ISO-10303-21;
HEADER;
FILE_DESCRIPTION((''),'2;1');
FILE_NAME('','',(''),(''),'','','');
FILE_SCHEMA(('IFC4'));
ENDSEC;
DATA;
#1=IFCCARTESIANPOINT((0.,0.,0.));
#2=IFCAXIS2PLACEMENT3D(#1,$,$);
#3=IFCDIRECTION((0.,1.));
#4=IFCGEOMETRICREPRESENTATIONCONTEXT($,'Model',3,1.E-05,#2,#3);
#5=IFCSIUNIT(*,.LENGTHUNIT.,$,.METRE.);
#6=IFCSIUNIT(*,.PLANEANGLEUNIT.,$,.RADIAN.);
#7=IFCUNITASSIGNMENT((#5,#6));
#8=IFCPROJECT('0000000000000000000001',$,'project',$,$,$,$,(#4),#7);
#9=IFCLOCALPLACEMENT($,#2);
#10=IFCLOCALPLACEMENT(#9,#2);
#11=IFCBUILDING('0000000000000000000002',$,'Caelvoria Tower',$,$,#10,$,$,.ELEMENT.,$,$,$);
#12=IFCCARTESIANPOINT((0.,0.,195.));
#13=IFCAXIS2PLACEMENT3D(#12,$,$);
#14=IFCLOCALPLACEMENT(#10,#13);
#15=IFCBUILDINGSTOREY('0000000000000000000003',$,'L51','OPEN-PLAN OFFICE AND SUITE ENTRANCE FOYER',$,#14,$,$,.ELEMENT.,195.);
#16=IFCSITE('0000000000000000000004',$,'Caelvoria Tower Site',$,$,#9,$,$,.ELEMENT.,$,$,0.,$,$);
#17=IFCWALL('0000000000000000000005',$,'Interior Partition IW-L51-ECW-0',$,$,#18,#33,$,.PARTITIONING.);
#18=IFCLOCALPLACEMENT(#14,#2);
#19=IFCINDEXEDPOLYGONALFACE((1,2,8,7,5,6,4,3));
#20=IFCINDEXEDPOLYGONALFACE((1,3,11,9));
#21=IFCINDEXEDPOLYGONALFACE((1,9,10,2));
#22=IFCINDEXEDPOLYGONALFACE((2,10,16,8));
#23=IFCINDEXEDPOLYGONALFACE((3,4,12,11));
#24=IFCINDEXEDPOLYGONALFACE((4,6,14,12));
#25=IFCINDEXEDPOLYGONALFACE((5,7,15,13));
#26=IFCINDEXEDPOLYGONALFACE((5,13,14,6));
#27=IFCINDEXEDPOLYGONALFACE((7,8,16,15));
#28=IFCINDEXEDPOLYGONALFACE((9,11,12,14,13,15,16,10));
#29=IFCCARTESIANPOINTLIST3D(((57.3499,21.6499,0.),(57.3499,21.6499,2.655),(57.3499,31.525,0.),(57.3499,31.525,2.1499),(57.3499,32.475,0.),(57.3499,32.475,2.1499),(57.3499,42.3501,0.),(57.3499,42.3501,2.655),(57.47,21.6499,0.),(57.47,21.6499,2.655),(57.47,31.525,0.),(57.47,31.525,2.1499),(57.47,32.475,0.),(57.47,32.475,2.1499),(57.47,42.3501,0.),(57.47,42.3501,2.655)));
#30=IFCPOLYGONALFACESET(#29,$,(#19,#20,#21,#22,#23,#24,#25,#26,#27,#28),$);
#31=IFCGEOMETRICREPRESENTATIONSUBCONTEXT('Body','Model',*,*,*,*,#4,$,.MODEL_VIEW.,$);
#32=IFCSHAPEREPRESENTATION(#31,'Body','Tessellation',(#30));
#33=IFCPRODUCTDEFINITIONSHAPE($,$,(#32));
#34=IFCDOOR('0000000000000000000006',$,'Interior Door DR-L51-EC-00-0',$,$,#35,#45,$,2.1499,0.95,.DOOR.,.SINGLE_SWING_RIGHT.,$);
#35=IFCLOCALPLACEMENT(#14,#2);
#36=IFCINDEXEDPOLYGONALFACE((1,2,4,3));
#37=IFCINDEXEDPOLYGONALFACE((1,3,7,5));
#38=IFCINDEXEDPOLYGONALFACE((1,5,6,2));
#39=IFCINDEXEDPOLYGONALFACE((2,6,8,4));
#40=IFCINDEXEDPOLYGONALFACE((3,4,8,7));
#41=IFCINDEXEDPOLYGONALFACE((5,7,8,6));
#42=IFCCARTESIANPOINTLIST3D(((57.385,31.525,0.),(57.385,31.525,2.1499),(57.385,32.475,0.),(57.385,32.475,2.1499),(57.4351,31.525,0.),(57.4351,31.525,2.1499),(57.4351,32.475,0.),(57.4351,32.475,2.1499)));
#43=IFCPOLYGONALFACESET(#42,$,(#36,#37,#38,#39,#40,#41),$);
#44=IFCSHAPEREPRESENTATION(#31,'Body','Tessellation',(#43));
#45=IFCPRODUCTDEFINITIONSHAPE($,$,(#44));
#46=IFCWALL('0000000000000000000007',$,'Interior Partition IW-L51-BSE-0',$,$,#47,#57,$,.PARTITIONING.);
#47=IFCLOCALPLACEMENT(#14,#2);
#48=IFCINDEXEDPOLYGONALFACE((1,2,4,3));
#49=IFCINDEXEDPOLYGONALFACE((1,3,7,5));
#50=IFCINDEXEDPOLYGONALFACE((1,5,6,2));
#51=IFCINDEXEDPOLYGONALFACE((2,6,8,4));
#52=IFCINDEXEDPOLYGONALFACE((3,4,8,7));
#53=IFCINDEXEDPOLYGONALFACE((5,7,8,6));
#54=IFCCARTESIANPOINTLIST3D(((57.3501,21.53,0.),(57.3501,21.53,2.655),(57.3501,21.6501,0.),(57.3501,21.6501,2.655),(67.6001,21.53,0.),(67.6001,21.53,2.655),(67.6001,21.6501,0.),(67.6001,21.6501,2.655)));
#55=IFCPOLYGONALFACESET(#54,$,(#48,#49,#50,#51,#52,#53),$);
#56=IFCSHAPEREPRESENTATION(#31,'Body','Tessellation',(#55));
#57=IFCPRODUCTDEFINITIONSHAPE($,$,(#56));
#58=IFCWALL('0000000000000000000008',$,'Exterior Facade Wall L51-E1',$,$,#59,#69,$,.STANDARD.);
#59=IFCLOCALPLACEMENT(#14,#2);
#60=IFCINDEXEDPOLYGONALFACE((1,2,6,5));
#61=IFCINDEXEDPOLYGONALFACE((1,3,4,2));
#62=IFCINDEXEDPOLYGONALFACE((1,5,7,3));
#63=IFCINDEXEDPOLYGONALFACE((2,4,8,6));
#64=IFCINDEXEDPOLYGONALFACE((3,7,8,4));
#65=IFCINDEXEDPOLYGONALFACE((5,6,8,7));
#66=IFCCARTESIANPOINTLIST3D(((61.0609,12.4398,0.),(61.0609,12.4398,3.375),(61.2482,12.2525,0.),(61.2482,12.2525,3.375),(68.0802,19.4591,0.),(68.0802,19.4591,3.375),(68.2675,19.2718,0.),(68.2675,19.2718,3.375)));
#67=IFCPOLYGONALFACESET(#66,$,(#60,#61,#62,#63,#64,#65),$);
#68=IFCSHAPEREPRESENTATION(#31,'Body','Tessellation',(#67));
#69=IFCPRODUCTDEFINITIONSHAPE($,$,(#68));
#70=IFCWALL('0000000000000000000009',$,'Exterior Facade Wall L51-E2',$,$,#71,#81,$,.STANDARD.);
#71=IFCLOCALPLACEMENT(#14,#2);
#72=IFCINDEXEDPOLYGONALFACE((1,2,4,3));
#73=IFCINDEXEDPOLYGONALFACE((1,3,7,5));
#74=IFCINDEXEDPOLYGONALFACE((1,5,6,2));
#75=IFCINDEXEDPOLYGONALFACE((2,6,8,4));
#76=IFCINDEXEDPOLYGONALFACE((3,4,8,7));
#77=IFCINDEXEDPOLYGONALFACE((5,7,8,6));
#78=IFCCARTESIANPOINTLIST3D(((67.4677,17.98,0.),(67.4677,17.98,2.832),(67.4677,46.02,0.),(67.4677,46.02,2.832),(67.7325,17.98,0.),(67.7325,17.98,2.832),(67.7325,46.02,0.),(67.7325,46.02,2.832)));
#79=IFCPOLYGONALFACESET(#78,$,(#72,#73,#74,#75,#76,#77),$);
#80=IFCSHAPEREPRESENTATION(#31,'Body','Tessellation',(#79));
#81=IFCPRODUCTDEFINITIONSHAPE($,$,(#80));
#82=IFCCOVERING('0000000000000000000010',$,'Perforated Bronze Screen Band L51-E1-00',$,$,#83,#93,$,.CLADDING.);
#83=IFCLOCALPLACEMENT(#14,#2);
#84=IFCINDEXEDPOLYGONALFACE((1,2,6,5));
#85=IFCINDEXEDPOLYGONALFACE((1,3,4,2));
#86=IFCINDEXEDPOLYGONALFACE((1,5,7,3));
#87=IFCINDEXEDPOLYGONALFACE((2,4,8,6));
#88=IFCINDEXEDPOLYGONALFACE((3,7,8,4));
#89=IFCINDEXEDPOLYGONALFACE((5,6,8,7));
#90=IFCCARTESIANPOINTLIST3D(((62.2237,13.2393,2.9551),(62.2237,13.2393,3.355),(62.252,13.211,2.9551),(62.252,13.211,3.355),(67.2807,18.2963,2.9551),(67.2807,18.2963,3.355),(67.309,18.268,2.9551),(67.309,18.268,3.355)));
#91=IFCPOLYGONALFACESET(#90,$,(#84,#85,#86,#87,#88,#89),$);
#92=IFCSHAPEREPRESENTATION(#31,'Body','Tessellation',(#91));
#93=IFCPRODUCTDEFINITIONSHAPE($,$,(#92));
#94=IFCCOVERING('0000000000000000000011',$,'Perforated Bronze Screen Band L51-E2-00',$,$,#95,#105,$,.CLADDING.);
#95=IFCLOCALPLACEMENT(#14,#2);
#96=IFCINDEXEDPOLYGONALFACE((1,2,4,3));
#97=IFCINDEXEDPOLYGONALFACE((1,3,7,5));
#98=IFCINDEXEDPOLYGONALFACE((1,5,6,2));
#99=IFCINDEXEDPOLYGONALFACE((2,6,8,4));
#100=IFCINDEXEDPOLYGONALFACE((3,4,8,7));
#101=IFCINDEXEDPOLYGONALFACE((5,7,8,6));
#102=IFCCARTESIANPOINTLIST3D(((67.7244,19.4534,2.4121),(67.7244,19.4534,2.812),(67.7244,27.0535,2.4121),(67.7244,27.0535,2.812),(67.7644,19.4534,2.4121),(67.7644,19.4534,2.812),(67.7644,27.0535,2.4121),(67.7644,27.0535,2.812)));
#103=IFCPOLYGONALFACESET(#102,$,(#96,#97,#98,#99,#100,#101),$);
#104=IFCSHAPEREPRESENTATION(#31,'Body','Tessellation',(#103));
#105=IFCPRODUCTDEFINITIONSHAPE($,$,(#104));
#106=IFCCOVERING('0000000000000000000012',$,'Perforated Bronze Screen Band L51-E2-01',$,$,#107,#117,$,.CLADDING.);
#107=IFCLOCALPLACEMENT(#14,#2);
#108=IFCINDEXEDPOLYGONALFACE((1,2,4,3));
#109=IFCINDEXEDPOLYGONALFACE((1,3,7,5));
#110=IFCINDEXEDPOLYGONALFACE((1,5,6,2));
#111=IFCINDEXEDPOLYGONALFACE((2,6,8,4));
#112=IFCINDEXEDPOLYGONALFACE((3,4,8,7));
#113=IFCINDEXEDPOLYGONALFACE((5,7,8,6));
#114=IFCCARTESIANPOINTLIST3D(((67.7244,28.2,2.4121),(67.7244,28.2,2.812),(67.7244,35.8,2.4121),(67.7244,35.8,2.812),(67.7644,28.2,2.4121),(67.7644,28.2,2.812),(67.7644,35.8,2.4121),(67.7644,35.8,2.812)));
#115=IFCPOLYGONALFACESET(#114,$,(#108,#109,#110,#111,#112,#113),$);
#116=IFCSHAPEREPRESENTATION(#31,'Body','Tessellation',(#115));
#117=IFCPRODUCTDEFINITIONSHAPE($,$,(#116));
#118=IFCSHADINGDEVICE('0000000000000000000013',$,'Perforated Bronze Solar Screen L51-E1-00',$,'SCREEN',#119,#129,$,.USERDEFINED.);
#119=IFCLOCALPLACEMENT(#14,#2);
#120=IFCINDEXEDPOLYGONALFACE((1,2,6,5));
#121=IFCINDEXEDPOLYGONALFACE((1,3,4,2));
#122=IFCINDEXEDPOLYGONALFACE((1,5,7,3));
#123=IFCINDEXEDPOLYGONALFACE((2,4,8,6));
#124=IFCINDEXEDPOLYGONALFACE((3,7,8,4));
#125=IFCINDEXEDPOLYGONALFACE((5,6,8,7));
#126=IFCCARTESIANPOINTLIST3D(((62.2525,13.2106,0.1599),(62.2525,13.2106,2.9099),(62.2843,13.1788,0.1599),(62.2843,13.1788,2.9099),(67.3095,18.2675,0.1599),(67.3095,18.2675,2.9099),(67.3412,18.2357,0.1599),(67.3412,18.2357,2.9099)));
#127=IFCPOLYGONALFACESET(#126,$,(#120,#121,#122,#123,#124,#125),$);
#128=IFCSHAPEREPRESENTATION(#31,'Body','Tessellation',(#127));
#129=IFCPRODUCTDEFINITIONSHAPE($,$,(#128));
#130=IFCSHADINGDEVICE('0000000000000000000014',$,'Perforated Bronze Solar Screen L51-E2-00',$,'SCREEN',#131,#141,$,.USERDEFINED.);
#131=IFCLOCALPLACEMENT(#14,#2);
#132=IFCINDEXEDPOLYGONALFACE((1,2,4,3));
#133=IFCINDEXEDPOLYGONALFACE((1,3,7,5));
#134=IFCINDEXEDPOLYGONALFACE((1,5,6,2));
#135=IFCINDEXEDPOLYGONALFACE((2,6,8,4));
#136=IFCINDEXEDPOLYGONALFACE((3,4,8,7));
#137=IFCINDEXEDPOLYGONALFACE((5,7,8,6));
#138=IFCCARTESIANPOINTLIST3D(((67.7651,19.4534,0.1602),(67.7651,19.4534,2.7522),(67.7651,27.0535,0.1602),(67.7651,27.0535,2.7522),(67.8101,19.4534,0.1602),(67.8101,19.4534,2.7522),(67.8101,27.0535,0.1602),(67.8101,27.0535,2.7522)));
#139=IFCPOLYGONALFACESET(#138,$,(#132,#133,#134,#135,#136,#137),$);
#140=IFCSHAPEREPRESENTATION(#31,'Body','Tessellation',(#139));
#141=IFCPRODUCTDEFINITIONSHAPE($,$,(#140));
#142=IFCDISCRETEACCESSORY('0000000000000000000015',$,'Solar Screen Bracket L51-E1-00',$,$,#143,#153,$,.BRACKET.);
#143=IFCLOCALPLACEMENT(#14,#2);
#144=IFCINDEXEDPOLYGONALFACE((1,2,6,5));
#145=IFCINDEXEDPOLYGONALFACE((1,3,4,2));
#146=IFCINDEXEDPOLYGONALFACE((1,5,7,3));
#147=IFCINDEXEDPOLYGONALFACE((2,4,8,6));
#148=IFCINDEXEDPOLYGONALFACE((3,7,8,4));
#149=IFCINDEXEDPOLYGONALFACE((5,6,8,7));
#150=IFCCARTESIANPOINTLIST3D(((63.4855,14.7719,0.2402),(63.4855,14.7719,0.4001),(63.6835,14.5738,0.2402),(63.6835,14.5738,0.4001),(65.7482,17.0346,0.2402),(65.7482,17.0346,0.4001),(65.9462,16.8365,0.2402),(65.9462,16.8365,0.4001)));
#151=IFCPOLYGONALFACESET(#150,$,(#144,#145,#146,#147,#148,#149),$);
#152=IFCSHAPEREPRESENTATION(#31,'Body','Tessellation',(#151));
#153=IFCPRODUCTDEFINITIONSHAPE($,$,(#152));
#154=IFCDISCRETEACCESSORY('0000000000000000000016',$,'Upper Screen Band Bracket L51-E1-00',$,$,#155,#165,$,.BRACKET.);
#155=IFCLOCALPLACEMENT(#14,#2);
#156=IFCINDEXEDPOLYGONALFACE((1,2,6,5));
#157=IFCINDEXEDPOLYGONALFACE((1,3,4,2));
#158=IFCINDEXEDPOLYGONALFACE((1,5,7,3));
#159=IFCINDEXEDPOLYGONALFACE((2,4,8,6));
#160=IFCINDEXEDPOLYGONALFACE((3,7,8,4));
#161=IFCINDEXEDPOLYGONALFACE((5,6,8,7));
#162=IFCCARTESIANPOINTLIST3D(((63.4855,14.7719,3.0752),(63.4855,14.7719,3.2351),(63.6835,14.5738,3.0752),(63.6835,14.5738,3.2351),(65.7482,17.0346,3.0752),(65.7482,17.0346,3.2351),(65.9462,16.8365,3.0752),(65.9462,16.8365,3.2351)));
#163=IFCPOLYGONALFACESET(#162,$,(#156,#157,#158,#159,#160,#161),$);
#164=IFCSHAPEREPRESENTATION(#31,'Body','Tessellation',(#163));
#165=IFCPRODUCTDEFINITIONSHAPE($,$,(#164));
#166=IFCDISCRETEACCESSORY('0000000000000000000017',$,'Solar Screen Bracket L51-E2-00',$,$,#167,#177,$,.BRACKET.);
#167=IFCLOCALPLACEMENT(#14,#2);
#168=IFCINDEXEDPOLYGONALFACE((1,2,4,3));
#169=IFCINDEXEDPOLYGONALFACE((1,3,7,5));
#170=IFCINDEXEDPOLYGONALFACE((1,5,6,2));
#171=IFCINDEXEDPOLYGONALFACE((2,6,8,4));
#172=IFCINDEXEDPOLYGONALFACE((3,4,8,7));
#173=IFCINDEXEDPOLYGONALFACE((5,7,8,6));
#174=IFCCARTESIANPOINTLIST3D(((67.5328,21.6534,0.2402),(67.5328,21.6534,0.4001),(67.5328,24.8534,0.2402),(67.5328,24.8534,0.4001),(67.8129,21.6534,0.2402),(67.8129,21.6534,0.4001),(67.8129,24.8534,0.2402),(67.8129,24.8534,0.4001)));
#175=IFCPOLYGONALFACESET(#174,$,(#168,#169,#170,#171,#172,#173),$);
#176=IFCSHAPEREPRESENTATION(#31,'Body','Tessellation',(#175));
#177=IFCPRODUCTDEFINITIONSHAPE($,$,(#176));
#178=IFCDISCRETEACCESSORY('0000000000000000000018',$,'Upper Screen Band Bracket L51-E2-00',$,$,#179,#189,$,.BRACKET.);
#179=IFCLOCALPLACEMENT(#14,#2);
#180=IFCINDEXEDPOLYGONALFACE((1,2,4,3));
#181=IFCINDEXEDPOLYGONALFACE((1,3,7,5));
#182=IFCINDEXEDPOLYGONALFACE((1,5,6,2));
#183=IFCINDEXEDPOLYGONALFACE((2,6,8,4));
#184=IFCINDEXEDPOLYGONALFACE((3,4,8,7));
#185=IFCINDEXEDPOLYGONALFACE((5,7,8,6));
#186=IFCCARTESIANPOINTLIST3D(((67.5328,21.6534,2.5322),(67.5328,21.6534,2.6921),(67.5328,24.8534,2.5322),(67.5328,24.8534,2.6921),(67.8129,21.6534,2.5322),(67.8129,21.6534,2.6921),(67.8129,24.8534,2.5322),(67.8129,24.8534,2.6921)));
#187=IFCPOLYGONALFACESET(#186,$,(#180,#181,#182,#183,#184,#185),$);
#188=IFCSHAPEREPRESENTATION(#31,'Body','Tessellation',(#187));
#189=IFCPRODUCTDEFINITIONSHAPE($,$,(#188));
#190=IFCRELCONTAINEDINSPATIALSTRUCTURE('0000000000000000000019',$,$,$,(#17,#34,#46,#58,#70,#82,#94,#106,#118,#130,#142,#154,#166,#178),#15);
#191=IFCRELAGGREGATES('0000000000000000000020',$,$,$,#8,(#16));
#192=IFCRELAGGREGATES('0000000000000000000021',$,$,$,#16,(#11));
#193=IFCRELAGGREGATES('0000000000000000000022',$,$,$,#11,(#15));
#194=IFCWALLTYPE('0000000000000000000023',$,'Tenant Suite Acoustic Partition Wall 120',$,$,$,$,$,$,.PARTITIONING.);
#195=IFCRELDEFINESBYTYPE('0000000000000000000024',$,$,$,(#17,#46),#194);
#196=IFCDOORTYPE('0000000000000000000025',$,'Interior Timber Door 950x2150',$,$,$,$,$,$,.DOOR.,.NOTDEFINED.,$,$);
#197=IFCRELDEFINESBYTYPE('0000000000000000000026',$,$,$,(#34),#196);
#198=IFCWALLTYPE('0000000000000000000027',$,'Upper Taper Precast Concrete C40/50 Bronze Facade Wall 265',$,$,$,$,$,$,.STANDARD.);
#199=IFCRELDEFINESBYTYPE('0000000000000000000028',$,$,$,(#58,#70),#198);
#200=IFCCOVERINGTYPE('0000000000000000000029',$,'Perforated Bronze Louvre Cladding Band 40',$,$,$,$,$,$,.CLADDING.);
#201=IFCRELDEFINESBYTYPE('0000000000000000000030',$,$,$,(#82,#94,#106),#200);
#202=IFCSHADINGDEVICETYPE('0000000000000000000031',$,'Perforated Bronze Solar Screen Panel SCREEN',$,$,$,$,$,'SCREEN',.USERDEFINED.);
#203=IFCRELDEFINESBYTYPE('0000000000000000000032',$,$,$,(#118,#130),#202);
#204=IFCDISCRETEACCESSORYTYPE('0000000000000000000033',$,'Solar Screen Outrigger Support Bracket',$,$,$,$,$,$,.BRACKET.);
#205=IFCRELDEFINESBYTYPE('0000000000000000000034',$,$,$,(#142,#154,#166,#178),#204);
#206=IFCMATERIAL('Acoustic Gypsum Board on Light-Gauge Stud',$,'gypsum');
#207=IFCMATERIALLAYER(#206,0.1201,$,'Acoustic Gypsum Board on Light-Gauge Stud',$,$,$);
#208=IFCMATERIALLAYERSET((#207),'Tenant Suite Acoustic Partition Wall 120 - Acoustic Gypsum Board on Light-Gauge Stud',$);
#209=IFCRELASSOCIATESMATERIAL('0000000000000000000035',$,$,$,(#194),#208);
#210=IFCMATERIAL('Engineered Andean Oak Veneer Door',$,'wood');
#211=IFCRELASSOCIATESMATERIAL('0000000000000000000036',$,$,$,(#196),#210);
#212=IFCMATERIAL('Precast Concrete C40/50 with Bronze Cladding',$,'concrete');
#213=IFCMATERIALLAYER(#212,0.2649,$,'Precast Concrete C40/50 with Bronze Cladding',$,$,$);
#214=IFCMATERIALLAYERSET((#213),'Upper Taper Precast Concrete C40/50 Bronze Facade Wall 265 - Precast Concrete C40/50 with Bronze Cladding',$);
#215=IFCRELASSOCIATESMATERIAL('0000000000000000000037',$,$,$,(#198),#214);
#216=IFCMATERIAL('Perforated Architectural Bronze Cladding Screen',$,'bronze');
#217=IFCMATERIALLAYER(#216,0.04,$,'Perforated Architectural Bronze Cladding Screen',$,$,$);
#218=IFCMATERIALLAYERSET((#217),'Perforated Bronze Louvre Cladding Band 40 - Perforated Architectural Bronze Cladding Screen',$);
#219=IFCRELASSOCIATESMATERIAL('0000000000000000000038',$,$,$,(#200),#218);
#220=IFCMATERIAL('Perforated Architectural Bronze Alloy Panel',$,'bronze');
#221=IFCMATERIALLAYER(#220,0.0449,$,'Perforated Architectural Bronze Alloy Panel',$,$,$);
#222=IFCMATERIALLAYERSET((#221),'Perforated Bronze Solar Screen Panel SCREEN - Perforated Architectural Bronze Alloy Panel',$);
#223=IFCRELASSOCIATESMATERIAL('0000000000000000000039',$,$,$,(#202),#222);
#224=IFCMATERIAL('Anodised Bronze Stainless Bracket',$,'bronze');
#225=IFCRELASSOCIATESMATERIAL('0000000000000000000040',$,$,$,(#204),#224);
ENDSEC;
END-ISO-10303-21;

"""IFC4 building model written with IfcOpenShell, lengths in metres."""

from ifc_helpers import new_model, si_unit, direction, frame, frame_2d, origin, origin_2d, place, context, subcontext, project, spatial, rectangle, extrude, material, layer, layer_set, type_object, element, fill, save


model = new_model("IFC4")

# Units and contexts
model_context = context("Model", 3, precision=1e-05, world=origin(), true_north=direction((0.0, 1.0)))
body_context = subcontext(model_context, "Body", "Model", "MODEL_VIEW")
ifc_project = project(units=[si_unit("LENGTHUNIT", "METRE"), si_unit("PLANEANGLEUNIT", "RADIAN")], contexts=[model_context])

# Site, building, storey
site_placement = place(None, origin())
site = spatial("IfcSite", under=ifc_project, at=site_placement, Name="Caelvoria Tower Site", CompositionType="ELEMENT", RefElevation=0.0)
building_placement = place(site_placement, origin())
building = spatial("IfcBuilding", under=site, at=building_placement, Name="Caelvoria Tower", CompositionType="ELEMENT")
storey_placement = place(building_placement, frame((0.0, 0.0, 195.0)))
storey = spatial("IfcBuildingStorey", under=building, at=storey_placement, Name="L51", Description="OPEN-PLAN OFFICE AND SUITE ENTRANCE FOYER", CompositionType="ELEMENT", Elevation=195.0)

# Wall, opening, door
ifc_material_1 = material(Name="Acoustic Gypsum Board on Light-Gauge Stud", Category="gypsum")
ifc_layer_1 = layer(ifc_material_1, 0.1201, Name="Acoustic Gypsum Board on Light-Gauge Stud")
ifc_layer_set_1 = layer_set([ifc_layer_1], Name="Tenant Suite Acoustic Partition Wall 120 - Acoustic Gypsum Board on Light-Gauge Stud")
wall_type_1 = type_object("IfcWallType", Name="Tenant Suite Acoustic Partition Wall 120", PredefinedType="PARTITIONING", material=ifc_layer_set_1)
wall_1_placement = place(storey_placement, frame((57.4099, 21.6499, 0.0), z_axis=(0.0, 0.0, 1.0), x_axis=(0.0, 1.0, 0.0)))
wall_1 = element("IfcWall", 1, at=wall_1_placement, inside=storey, type_object=wall_type_1, Name="Interior Partition IW-L51-ECW-0", PredefinedType="PARTITIONING", context=body_context, shape_type="SweptSolid", body=[
    extrude(rectangle(XDim=20.7002, YDim=0.1201, at=frame_2d((10.3501, 0.0))), origin(), (0.0, 0.0, 1.0), 2.655),
])
opening_placement = place(wall_1_placement, frame((9.875, 0.0, 0.0)))
opening = element("IfcOpeningElement", 2, at=opening_placement, cuts=wall_1, PredefinedType="OPENING", context=body_context, shape_type="SweptSolid", body=[
    extrude(rectangle(XDim=0.95, YDim=2.1499, at=frame_2d((0.4751, 1.075))), frame((0.0, 0.0701, 0.0), z_axis=(0.0, -1.0, 0.0), x_axis=(1.0, 0.0, 0.0)), (0.0, 0.0, 1.0), 0.1401),
])
ifc_material_2 = material(Name="Engineered Andean Oak Veneer Door", Category="wood")
door_type = type_object("IfcDoorType", Name="Interior Timber Door 950x2150", OperationType="NOTDEFINED", PredefinedType="DOOR", material=ifc_material_2)
door_placement = place(opening_placement, origin())
door = element("IfcDoor", 3, at=door_placement, inside=storey, type_object=door_type, Name="Interior Door DR-L51-EC-00-0", OperationType="SINGLE_SWING_RIGHT", OverallHeight=2.1499, OverallWidth=0.95, PredefinedType="DOOR", context=body_context, shape_type="SweptSolid", body=[
    extrude(rectangle(XDim=0.95, YDim=2.1499, at=frame_2d((0.4751, 1.075))), frame((0.0, 0.0249, 0.0), z_axis=(0.0, -1.0, 0.0), x_axis=(1.0, 0.0, 0.0)), (0.0, 0.0, 1.0), 0.05),
])
fill(opening, door)

# Walls
wall_2_placement = place(storey_placement, frame((57.3501, 21.5901, 0.0), z_axis=(0.0, 0.0, 1.0), x_axis=(1.0, 0.0, 0.0)))
element("IfcWall", 4, at=wall_2_placement, inside=storey, type_object=wall_type_1, Name="Interior Partition IW-L51-BSE-0", PredefinedType="PARTITIONING", context=body_context, shape_type="SweptSolid", body=[
    extrude(rectangle(XDim=10.25, YDim=0.1201, at=frame_2d((5.125, 0.0))), origin(), (0.0, 0.0, 1.0), 2.655),
])
ifc_material_3 = material(Name="Precast Concrete C40/50 with Bronze Cladding", Category="concrete")
ifc_layer_2 = layer(ifc_material_3, 0.2649, Name="Precast Concrete C40/50 with Bronze Cladding")
ifc_layer_set_2 = layer_set([ifc_layer_2], Name="Upper Taper Precast Concrete C40/50 Bronze Facade Wall 265 - Precast Concrete C40/50 with Bronze Cladding")
wall_type_2 = type_object("IfcWallType", Name="Upper Taper Precast Concrete C40/50 Bronze Facade Wall 265", PredefinedType="STANDARD", material=ifc_layer_set_2)
wall_3_placement = place(storey_placement, frame((61.1545, 12.3462, 0.0), z_axis=(0.0, 0.0, 1.0), x_axis=(0.707107, 0.707107, 0.0)))
element("IfcWall", 5, at=wall_3_placement, inside=storey, type_object=wall_type_2, Name="Exterior Facade Wall L51-E1", PredefinedType="STANDARD", context=body_context, shape_type="SweptSolid", body=[
    extrude(rectangle(XDim=9.9268, YDim=0.2649, at=frame_2d((4.9634, 0.0))), origin(), (0.0, 0.0, 1.0), 3.375),
])
wall_4_placement = place(storey_placement, frame((67.6001, 17.98, 0.0), z_axis=(0.0, 0.0, 1.0), x_axis=(0.0, 1.0, 0.0)))
element("IfcWall", 6, at=wall_4_placement, inside=storey, type_object=wall_type_2, Name="Exterior Facade Wall L51-E2", PredefinedType="STANDARD", context=body_context, shape_type="SweptSolid", body=[
    extrude(rectangle(XDim=28.04, YDim=0.2649, at=frame_2d((14.02, 0.0))), origin(), (0.0, 0.0, 1.0), 2.832),
])

# Coverings
ifc_material_4 = material(Name="Perforated Architectural Bronze Cladding Screen", Category="bronze")
ifc_layer_3 = layer(ifc_material_4, 0.04, Name="Perforated Architectural Bronze Cladding Screen")
ifc_layer_set_3 = layer_set([ifc_layer_3], Name="Perforated Bronze Louvre Cladding Band 40 - Perforated Architectural Bronze Cladding Screen")
covering_type = type_object("IfcCoveringType", Name="Perforated Bronze Louvre Cladding Band 40", PredefinedType="CLADDING", material=ifc_layer_set_3)
covering_placement = place(storey_placement, frame((64.7664, 15.7537, 2.9551), z_axis=(0.0, 0.0, 1.0), x_axis=(0.707107, 0.707107, 0.0)))
element("IfcCovering", 7, at=covering_placement, inside=storey, type_object=covering_type, Name="Perforated Bronze Screen Band L51-E1-00", PredefinedType="CLADDING", context=body_context, shape_type="SweptSolid", body=[
    extrude(rectangle(XDim=7.1516, YDim=0.04, at=origin_2d()), origin(), (0.0, 0.0, 1.0), 0.3999),
])
for number, where, z_axis, x_axis, name in (
    (8, (67.7444, 23.2534, 2.4121), (0.0, 0.0, 1.0), (0.0, 1.0, 0.0), "Perforated Bronze Screen Band L51-E2-00"),
    (9, (67.7444, 32.0, 2.4121), (0.0, 0.0, 1.0), (0.0, 1.0, 0.0), "Perforated Bronze Screen Band L51-E2-01"),
):
    element("IfcCovering", number, at=place(storey_placement, frame(where, z_axis=z_axis, x_axis=x_axis)), inside=storey, type_object=covering_type, Name=name, PredefinedType="CLADDING", context=body_context, shape_type="SweptSolid", body=[
        extrude(rectangle(XDim=7.6001, YDim=0.04, at=origin_2d()), origin(), (0.0, 0.0, 1.0), 0.3999),
    ])

# Shading devices
ifc_material_5 = material(Name="Perforated Architectural Bronze Alloy Panel", Category="bronze")
ifc_layer_4 = layer(ifc_material_5, 0.0449, Name="Perforated Architectural Bronze Alloy Panel")
ifc_layer_set_4 = layer_set([ifc_layer_4], Name="Perforated Bronze Solar Screen Panel SCREEN - Perforated Architectural Bronze Alloy Panel")
shading_device_type = type_object("IfcShadingDeviceType", Name="Perforated Bronze Solar Screen Panel SCREEN", ElementType="SCREEN", PredefinedType="USERDEFINED", material=ifc_layer_set_4)
shading_device_1_placement = place(storey_placement, frame((64.7969, 15.7231, 0.1599), z_axis=(0.0, 0.0, 1.0), x_axis=(0.707107, 0.707107, 0.0)))
element("IfcShadingDevice", 10, at=shading_device_1_placement, inside=storey, type_object=shading_device_type, Name="Perforated Bronze Solar Screen L51-E1-00", ObjectType="SCREEN", PredefinedType="USERDEFINED", context=body_context, shape_type="SweptSolid", body=[
    extrude(rectangle(XDim=7.1516, YDim=0.0449, at=origin_2d()), origin(), (0.0, 0.0, 1.0), 2.75),
])
shading_device_2_placement = place(storey_placement, frame((67.7876, 23.2534, 0.1602), z_axis=(0.0, 0.0, 1.0), x_axis=(0.0, 1.0, 0.0)))
element("IfcShadingDevice", 11, at=shading_device_2_placement, inside=storey, type_object=shading_device_type, Name="Perforated Bronze Solar Screen L51-E2-00", ObjectType="SCREEN", PredefinedType="USERDEFINED", context=body_context, shape_type="SweptSolid", body=[
    extrude(rectangle(XDim=7.6001, YDim=0.0449, at=origin_2d()), origin(), (0.0, 0.0, 1.0), 2.592),
])

# Discrete accessories
ifc_material_6 = material(Name="Anodised Bronze Stainless Bracket", Category="bronze")
discrete_accessory_type = type_object("IfcDiscreteAccessoryType", Name="Solar Screen Outrigger Support Bracket", PredefinedType="BRACKET", material=ifc_material_6)
for number, where, z_axis, x_axis, name in (
    (12, (64.7158, 15.8042, 0.2402), (0.0, 0.0, 1.0), (0.707107, 0.707107, 0.0), "Solar Screen Bracket L51-E1-00"),
    (13, (64.7158, 15.8042, 3.0752), (0.0, 0.0, 1.0), (0.707107, 0.707107, 0.0), "Upper Screen Band Bracket L51-E1-00"),
    (14, (67.6729, 23.2534, 0.2402), (0.0, 0.0, 1.0), (0.0, 1.0, 0.0), "Solar Screen Bracket L51-E2-00"),
    (15, (67.6729, 23.2534, 2.5322), (0.0, 0.0, 1.0), (0.0, 1.0, 0.0), "Upper Screen Band Bracket L51-E2-00"),
):
    element("IfcDiscreteAccessory", number, at=place(storey_placement, frame(where, z_axis=z_axis, x_axis=x_axis)), inside=storey, type_object=discrete_accessory_type, Name=name, PredefinedType="BRACKET", context=body_context, shape_type="SweptSolid", body=[
        extrude(rectangle(XDim=3.2, YDim=0.28, at=origin_2d()), origin(), (0.0, 0.0, 1.0), 0.1599),
    ])

save(model, "model.ifc")
